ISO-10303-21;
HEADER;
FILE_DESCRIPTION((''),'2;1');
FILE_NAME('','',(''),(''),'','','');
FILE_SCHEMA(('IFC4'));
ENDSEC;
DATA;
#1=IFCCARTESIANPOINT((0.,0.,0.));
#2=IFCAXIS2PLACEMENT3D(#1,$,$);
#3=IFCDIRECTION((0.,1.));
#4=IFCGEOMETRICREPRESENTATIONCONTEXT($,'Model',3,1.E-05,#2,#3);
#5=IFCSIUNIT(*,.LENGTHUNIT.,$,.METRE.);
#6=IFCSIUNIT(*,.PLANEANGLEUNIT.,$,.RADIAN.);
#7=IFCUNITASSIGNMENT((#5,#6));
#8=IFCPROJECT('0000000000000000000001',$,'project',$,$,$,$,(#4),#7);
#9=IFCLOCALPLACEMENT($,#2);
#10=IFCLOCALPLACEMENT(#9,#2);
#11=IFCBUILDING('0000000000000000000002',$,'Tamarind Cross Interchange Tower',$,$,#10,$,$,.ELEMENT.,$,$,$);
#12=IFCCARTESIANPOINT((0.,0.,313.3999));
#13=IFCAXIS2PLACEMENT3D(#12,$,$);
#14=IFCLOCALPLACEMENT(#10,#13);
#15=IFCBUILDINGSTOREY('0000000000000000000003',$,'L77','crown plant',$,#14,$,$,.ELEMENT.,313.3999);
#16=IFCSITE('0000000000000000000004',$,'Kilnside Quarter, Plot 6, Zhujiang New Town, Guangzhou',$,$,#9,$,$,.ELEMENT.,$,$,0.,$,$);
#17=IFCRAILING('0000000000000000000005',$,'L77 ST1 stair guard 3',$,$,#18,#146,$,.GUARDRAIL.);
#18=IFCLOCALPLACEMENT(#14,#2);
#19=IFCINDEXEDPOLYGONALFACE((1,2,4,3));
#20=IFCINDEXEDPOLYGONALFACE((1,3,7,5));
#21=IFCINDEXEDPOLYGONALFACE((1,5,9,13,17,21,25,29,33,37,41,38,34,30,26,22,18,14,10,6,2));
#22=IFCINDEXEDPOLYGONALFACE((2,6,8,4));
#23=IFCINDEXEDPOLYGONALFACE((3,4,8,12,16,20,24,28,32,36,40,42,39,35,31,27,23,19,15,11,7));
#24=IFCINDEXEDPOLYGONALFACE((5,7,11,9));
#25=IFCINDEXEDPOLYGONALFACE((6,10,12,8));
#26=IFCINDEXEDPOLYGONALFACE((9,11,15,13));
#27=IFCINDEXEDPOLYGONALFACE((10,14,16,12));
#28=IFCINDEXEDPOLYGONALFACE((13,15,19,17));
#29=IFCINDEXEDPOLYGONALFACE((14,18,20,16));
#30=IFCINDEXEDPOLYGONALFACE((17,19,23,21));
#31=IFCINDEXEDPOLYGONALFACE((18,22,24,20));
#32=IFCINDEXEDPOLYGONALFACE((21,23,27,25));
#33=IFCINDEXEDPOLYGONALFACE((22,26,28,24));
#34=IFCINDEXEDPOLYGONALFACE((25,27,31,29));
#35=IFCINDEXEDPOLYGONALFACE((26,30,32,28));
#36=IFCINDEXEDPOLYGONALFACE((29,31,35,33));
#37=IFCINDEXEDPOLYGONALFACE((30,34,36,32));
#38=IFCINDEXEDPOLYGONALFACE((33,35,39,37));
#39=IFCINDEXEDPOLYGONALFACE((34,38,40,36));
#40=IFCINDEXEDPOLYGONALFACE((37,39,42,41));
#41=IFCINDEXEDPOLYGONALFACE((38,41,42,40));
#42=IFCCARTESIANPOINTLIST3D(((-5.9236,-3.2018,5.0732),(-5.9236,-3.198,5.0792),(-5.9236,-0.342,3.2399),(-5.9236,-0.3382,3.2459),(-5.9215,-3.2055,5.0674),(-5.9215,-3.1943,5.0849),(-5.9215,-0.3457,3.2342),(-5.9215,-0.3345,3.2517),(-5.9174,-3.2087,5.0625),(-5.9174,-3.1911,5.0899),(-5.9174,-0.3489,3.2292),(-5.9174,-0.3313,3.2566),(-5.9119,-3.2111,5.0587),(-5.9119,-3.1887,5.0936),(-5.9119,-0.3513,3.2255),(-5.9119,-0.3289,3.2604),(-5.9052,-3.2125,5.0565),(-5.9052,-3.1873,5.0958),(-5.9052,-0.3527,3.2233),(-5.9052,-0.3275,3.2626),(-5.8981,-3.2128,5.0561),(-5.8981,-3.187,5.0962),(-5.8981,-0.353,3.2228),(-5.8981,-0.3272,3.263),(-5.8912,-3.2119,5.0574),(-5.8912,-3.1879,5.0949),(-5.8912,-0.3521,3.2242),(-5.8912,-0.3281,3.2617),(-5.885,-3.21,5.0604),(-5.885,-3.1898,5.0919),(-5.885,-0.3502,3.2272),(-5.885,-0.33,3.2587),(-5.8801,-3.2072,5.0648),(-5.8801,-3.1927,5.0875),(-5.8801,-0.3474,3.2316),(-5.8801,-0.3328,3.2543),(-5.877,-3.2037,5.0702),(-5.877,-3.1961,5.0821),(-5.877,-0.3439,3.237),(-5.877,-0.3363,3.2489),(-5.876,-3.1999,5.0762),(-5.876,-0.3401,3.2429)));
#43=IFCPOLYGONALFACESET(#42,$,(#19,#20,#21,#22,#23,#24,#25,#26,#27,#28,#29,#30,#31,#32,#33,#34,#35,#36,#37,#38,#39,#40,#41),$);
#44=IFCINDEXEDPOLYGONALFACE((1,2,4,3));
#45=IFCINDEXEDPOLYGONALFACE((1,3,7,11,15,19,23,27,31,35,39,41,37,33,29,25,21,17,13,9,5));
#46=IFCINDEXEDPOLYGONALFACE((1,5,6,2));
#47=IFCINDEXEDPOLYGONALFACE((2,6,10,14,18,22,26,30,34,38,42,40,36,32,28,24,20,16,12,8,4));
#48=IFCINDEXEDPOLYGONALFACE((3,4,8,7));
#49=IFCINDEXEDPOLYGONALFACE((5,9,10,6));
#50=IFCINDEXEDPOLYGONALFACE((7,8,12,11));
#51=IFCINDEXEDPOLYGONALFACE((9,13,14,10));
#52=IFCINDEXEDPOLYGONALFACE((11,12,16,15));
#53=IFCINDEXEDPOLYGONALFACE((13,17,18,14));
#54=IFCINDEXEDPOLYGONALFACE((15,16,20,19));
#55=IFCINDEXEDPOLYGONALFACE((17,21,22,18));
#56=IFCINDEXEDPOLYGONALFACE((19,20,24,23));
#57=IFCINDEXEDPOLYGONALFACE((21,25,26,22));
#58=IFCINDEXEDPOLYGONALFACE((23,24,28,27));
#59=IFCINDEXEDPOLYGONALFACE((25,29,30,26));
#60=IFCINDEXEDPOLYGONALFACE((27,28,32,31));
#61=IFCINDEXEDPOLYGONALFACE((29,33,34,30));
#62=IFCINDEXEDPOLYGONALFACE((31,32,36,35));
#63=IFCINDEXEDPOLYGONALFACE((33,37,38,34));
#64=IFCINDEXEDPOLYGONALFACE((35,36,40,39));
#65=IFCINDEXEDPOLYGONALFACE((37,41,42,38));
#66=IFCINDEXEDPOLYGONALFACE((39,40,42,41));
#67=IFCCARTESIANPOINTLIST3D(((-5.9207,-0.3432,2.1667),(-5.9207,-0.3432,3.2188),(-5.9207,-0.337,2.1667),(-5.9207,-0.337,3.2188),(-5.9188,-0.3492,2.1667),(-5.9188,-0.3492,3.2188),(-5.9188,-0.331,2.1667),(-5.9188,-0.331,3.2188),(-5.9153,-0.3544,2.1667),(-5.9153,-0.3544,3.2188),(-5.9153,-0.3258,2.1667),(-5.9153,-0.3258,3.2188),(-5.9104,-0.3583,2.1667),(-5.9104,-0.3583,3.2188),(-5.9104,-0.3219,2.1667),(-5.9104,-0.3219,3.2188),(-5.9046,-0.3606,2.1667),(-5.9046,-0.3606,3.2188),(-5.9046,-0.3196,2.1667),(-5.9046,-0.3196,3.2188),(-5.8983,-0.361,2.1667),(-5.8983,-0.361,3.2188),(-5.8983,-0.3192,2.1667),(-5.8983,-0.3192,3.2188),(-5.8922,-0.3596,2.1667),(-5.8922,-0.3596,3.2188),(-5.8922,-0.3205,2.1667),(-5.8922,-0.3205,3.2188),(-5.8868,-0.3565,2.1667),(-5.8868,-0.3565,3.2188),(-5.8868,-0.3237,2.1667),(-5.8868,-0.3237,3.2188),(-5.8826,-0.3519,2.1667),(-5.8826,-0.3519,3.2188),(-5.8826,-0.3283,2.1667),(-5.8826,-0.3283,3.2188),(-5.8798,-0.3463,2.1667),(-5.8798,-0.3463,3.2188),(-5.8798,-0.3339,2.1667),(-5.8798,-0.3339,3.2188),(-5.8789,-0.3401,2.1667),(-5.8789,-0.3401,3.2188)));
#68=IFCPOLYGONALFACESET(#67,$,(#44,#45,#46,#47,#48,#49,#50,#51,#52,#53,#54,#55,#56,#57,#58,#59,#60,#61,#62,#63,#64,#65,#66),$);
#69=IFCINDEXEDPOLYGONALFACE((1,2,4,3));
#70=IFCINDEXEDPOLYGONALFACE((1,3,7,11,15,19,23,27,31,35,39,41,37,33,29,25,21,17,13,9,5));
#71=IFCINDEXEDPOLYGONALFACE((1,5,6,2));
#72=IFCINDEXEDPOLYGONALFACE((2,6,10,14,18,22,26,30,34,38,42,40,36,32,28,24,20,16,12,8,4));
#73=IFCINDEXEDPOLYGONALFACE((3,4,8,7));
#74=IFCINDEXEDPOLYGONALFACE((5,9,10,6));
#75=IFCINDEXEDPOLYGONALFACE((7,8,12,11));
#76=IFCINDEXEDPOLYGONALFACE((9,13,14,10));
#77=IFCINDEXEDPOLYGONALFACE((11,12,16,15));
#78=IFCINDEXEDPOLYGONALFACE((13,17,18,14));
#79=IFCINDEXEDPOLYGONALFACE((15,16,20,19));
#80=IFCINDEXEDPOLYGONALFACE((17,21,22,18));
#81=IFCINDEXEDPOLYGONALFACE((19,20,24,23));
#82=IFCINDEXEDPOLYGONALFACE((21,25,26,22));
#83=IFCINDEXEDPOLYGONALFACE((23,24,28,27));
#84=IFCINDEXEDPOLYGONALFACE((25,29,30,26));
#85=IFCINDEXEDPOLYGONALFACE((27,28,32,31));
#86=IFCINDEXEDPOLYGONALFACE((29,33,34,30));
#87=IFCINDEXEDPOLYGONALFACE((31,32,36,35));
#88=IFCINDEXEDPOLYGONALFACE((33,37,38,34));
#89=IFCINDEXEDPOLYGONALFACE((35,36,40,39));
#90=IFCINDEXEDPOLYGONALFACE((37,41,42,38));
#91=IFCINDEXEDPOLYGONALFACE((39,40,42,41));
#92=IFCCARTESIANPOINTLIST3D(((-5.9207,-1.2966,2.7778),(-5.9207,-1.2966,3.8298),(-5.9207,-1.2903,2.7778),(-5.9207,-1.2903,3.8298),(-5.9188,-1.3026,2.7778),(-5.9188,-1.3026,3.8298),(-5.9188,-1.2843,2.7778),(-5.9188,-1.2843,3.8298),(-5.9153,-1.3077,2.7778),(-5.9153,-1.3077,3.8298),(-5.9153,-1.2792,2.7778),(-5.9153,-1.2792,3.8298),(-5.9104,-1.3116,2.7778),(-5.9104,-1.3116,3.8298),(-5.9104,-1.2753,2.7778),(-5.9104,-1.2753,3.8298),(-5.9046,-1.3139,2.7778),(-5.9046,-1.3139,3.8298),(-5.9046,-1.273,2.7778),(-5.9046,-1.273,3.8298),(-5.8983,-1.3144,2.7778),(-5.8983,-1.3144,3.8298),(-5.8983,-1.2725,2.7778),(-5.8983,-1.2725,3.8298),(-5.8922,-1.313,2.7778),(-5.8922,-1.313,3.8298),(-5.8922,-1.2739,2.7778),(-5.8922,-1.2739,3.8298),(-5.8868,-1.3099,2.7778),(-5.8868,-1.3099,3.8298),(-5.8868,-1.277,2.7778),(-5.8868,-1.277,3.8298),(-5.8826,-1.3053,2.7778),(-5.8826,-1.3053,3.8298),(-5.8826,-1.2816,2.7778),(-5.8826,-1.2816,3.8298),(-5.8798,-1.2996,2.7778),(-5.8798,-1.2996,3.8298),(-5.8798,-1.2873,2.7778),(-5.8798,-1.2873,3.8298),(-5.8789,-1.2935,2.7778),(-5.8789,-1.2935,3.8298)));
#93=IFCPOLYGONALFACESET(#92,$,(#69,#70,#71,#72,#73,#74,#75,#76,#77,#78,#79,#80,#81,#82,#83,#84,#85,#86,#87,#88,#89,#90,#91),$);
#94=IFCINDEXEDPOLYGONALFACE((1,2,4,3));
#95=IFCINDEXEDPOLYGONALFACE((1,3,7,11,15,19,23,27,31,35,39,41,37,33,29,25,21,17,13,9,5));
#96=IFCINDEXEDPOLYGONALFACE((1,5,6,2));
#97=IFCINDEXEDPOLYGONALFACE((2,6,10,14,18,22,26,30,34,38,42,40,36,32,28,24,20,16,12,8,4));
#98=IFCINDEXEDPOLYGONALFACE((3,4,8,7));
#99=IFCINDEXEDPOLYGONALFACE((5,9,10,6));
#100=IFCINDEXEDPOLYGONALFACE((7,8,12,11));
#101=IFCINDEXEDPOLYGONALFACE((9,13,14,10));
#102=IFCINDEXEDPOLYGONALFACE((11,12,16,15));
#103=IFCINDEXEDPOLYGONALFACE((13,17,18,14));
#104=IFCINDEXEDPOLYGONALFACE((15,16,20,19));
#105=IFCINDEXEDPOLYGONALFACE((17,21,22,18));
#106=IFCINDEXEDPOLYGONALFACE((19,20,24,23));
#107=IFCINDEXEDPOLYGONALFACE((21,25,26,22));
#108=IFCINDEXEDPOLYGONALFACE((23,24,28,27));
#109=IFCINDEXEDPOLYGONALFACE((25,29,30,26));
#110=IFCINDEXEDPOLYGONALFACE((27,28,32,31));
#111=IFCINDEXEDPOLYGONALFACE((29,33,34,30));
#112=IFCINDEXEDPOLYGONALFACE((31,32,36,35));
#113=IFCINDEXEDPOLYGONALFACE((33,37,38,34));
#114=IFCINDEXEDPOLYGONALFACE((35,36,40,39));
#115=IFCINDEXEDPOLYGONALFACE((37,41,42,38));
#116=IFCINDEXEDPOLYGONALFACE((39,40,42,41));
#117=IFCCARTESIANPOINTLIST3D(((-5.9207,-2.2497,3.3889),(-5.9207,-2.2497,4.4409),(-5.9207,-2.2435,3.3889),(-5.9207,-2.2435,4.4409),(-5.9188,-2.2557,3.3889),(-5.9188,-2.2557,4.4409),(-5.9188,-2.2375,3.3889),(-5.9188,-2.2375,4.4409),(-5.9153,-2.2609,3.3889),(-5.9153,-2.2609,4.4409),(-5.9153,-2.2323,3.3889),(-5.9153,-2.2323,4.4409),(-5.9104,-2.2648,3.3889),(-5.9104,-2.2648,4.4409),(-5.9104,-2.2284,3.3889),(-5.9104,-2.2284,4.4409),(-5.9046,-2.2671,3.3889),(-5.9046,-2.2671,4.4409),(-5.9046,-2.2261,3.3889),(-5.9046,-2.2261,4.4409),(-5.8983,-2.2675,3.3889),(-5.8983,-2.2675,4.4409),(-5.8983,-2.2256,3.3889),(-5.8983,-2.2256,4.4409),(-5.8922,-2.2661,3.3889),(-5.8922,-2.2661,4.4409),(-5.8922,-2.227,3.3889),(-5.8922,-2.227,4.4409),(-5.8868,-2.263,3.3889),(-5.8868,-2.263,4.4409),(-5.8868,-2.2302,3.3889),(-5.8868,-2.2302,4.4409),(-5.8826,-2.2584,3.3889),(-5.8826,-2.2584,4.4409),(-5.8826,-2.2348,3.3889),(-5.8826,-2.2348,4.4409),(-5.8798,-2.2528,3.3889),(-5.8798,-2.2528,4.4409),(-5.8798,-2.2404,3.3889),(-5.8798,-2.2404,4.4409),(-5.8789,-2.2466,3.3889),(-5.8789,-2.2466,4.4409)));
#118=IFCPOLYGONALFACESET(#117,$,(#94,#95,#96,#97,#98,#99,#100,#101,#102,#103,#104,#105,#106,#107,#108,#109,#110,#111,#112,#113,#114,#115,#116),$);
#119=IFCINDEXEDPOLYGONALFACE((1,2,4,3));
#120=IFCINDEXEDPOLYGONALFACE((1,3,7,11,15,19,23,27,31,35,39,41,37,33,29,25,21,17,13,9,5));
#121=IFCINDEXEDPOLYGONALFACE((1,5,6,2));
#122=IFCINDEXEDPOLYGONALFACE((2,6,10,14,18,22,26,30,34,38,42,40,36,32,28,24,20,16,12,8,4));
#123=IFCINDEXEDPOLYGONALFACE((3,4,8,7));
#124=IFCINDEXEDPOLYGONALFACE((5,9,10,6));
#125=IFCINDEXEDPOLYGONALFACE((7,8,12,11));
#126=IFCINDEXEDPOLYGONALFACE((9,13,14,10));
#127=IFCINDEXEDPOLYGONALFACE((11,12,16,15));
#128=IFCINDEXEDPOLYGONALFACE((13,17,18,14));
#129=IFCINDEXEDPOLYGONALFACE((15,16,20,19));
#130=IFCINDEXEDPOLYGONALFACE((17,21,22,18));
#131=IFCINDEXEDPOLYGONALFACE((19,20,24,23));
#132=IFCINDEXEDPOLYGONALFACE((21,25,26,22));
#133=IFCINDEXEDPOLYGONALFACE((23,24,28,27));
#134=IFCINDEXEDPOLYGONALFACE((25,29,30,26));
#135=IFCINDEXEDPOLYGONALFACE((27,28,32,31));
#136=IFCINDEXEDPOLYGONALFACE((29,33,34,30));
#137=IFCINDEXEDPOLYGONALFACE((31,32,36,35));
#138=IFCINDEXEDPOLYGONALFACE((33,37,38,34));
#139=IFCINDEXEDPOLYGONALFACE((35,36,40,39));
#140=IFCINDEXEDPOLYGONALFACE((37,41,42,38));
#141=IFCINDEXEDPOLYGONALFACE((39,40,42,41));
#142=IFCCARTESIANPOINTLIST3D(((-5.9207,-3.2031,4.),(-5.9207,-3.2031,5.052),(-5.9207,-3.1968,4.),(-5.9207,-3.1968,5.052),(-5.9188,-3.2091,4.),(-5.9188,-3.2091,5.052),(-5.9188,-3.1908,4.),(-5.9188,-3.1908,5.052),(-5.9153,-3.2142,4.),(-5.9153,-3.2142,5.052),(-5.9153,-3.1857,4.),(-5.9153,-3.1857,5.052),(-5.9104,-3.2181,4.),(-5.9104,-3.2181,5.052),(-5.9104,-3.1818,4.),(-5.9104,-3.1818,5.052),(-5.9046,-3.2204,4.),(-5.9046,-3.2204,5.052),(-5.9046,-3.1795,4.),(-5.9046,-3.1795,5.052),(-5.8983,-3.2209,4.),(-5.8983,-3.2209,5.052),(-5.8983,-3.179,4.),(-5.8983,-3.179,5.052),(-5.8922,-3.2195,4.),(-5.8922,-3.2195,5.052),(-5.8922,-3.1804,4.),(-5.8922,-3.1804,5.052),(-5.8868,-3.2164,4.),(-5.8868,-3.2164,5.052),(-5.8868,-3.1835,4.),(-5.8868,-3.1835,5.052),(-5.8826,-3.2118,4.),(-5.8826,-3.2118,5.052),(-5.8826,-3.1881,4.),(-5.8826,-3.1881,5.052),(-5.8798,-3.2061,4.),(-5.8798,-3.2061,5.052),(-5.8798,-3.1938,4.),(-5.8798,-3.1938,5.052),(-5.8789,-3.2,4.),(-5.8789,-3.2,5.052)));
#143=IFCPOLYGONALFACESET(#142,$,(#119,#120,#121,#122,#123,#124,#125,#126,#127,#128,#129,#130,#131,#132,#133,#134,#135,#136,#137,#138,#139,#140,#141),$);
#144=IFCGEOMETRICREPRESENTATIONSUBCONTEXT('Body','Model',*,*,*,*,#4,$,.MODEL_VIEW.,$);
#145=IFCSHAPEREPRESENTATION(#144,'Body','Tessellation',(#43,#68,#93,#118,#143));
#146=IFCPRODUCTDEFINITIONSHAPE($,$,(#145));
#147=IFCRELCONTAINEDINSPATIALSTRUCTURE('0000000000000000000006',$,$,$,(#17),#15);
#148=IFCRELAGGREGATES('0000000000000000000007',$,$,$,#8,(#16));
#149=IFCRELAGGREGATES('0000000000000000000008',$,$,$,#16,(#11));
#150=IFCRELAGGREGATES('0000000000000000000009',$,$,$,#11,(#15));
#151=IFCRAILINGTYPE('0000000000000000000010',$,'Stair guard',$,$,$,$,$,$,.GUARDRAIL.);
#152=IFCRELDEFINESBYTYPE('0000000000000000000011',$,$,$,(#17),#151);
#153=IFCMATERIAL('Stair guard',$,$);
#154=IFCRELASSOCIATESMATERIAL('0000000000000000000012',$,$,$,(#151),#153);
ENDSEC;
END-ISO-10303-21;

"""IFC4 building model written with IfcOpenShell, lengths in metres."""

from ifc_helpers import new_model, si_unit, direction, frame, origin, origin_2d, place, context, subcontext, project, spatial, circle, extrude, material, type_object, element, save


model = new_model("IFC4")

# Units and contexts
model_context = context("Model", 3, precision=1e-05, world=origin(), true_north=direction((0.0, 1.0)))
body_context = subcontext(model_context, "Body", "Model", "MODEL_VIEW")
ifc_project = project(units=[si_unit("LENGTHUNIT", "METRE"), si_unit("PLANEANGLEUNIT", "RADIAN")], contexts=[model_context])

# Site, building, storey
site_placement = place(None, origin())
site = spatial("IfcSite", under=ifc_project, at=site_placement, Name="Kilnside Quarter, Plot 6, Zhujiang New Town, Guangzhou", CompositionType="ELEMENT", RefElevation=0.0)
building_placement = place(site_placement, origin())
building = spatial("IfcBuilding", under=site, at=building_placement, Name="Tamarind Cross Interchange Tower", CompositionType="ELEMENT")
storey_placement = place(building_placement, frame((0.0, 0.0, 313.3999)))
storey = spatial("IfcBuildingStorey", under=building, at=storey_placement, Name="L77", Description="crown plant", CompositionType="ELEMENT", Elevation=313.3999)

# Railing
ifc_material_1 = material(Name="Stair guard")
railing_type_1 = type_object("IfcRailingType", Name="Stair guard", PredefinedType="GUARDRAIL", material=ifc_material_1)
railing_1_placement = place(storey_placement, frame((-5.8999, -0.3401, 2.1667)))
element("IfcRailing", 1, at=railing_1_placement, inside=storey, type_object=railing_type_1, Name="L77 ST1 stair guard 3", PredefinedType="GUARDRAIL", context=body_context, shape_type="SweptSolid", body=[
    extrude(circle(Radius=0.0239, at=origin_2d()), frame((0.0, 0.0, 1.0762), z_axis=(0.0, -0.841878, 0.539667), x_axis=(1.0, 0.0, 0.0)), (0.0, 0.0, 1.0), 3.397),
    extrude(circle(Radius=0.021, at=origin_2d()), origin(), (0.0, 0.0, 1.0), 1.052),
    extrude(circle(Radius=0.021, at=origin_2d()), frame((0.0, -0.9534, 0.6111)), (0.0, 0.0, 1.0), 1.052),
    extrude(circle(Radius=0.021, at=origin_2d()), frame((0.0, -1.9065, 1.2222)), (0.0, 0.0, 1.0), 1.052),
    extrude(circle(Radius=0.021, at=origin_2d()), frame((0.0, -2.8599, 1.8333)), (0.0, 0.0, 1.0), 1.052),
])

save(model, "model.ifc")
